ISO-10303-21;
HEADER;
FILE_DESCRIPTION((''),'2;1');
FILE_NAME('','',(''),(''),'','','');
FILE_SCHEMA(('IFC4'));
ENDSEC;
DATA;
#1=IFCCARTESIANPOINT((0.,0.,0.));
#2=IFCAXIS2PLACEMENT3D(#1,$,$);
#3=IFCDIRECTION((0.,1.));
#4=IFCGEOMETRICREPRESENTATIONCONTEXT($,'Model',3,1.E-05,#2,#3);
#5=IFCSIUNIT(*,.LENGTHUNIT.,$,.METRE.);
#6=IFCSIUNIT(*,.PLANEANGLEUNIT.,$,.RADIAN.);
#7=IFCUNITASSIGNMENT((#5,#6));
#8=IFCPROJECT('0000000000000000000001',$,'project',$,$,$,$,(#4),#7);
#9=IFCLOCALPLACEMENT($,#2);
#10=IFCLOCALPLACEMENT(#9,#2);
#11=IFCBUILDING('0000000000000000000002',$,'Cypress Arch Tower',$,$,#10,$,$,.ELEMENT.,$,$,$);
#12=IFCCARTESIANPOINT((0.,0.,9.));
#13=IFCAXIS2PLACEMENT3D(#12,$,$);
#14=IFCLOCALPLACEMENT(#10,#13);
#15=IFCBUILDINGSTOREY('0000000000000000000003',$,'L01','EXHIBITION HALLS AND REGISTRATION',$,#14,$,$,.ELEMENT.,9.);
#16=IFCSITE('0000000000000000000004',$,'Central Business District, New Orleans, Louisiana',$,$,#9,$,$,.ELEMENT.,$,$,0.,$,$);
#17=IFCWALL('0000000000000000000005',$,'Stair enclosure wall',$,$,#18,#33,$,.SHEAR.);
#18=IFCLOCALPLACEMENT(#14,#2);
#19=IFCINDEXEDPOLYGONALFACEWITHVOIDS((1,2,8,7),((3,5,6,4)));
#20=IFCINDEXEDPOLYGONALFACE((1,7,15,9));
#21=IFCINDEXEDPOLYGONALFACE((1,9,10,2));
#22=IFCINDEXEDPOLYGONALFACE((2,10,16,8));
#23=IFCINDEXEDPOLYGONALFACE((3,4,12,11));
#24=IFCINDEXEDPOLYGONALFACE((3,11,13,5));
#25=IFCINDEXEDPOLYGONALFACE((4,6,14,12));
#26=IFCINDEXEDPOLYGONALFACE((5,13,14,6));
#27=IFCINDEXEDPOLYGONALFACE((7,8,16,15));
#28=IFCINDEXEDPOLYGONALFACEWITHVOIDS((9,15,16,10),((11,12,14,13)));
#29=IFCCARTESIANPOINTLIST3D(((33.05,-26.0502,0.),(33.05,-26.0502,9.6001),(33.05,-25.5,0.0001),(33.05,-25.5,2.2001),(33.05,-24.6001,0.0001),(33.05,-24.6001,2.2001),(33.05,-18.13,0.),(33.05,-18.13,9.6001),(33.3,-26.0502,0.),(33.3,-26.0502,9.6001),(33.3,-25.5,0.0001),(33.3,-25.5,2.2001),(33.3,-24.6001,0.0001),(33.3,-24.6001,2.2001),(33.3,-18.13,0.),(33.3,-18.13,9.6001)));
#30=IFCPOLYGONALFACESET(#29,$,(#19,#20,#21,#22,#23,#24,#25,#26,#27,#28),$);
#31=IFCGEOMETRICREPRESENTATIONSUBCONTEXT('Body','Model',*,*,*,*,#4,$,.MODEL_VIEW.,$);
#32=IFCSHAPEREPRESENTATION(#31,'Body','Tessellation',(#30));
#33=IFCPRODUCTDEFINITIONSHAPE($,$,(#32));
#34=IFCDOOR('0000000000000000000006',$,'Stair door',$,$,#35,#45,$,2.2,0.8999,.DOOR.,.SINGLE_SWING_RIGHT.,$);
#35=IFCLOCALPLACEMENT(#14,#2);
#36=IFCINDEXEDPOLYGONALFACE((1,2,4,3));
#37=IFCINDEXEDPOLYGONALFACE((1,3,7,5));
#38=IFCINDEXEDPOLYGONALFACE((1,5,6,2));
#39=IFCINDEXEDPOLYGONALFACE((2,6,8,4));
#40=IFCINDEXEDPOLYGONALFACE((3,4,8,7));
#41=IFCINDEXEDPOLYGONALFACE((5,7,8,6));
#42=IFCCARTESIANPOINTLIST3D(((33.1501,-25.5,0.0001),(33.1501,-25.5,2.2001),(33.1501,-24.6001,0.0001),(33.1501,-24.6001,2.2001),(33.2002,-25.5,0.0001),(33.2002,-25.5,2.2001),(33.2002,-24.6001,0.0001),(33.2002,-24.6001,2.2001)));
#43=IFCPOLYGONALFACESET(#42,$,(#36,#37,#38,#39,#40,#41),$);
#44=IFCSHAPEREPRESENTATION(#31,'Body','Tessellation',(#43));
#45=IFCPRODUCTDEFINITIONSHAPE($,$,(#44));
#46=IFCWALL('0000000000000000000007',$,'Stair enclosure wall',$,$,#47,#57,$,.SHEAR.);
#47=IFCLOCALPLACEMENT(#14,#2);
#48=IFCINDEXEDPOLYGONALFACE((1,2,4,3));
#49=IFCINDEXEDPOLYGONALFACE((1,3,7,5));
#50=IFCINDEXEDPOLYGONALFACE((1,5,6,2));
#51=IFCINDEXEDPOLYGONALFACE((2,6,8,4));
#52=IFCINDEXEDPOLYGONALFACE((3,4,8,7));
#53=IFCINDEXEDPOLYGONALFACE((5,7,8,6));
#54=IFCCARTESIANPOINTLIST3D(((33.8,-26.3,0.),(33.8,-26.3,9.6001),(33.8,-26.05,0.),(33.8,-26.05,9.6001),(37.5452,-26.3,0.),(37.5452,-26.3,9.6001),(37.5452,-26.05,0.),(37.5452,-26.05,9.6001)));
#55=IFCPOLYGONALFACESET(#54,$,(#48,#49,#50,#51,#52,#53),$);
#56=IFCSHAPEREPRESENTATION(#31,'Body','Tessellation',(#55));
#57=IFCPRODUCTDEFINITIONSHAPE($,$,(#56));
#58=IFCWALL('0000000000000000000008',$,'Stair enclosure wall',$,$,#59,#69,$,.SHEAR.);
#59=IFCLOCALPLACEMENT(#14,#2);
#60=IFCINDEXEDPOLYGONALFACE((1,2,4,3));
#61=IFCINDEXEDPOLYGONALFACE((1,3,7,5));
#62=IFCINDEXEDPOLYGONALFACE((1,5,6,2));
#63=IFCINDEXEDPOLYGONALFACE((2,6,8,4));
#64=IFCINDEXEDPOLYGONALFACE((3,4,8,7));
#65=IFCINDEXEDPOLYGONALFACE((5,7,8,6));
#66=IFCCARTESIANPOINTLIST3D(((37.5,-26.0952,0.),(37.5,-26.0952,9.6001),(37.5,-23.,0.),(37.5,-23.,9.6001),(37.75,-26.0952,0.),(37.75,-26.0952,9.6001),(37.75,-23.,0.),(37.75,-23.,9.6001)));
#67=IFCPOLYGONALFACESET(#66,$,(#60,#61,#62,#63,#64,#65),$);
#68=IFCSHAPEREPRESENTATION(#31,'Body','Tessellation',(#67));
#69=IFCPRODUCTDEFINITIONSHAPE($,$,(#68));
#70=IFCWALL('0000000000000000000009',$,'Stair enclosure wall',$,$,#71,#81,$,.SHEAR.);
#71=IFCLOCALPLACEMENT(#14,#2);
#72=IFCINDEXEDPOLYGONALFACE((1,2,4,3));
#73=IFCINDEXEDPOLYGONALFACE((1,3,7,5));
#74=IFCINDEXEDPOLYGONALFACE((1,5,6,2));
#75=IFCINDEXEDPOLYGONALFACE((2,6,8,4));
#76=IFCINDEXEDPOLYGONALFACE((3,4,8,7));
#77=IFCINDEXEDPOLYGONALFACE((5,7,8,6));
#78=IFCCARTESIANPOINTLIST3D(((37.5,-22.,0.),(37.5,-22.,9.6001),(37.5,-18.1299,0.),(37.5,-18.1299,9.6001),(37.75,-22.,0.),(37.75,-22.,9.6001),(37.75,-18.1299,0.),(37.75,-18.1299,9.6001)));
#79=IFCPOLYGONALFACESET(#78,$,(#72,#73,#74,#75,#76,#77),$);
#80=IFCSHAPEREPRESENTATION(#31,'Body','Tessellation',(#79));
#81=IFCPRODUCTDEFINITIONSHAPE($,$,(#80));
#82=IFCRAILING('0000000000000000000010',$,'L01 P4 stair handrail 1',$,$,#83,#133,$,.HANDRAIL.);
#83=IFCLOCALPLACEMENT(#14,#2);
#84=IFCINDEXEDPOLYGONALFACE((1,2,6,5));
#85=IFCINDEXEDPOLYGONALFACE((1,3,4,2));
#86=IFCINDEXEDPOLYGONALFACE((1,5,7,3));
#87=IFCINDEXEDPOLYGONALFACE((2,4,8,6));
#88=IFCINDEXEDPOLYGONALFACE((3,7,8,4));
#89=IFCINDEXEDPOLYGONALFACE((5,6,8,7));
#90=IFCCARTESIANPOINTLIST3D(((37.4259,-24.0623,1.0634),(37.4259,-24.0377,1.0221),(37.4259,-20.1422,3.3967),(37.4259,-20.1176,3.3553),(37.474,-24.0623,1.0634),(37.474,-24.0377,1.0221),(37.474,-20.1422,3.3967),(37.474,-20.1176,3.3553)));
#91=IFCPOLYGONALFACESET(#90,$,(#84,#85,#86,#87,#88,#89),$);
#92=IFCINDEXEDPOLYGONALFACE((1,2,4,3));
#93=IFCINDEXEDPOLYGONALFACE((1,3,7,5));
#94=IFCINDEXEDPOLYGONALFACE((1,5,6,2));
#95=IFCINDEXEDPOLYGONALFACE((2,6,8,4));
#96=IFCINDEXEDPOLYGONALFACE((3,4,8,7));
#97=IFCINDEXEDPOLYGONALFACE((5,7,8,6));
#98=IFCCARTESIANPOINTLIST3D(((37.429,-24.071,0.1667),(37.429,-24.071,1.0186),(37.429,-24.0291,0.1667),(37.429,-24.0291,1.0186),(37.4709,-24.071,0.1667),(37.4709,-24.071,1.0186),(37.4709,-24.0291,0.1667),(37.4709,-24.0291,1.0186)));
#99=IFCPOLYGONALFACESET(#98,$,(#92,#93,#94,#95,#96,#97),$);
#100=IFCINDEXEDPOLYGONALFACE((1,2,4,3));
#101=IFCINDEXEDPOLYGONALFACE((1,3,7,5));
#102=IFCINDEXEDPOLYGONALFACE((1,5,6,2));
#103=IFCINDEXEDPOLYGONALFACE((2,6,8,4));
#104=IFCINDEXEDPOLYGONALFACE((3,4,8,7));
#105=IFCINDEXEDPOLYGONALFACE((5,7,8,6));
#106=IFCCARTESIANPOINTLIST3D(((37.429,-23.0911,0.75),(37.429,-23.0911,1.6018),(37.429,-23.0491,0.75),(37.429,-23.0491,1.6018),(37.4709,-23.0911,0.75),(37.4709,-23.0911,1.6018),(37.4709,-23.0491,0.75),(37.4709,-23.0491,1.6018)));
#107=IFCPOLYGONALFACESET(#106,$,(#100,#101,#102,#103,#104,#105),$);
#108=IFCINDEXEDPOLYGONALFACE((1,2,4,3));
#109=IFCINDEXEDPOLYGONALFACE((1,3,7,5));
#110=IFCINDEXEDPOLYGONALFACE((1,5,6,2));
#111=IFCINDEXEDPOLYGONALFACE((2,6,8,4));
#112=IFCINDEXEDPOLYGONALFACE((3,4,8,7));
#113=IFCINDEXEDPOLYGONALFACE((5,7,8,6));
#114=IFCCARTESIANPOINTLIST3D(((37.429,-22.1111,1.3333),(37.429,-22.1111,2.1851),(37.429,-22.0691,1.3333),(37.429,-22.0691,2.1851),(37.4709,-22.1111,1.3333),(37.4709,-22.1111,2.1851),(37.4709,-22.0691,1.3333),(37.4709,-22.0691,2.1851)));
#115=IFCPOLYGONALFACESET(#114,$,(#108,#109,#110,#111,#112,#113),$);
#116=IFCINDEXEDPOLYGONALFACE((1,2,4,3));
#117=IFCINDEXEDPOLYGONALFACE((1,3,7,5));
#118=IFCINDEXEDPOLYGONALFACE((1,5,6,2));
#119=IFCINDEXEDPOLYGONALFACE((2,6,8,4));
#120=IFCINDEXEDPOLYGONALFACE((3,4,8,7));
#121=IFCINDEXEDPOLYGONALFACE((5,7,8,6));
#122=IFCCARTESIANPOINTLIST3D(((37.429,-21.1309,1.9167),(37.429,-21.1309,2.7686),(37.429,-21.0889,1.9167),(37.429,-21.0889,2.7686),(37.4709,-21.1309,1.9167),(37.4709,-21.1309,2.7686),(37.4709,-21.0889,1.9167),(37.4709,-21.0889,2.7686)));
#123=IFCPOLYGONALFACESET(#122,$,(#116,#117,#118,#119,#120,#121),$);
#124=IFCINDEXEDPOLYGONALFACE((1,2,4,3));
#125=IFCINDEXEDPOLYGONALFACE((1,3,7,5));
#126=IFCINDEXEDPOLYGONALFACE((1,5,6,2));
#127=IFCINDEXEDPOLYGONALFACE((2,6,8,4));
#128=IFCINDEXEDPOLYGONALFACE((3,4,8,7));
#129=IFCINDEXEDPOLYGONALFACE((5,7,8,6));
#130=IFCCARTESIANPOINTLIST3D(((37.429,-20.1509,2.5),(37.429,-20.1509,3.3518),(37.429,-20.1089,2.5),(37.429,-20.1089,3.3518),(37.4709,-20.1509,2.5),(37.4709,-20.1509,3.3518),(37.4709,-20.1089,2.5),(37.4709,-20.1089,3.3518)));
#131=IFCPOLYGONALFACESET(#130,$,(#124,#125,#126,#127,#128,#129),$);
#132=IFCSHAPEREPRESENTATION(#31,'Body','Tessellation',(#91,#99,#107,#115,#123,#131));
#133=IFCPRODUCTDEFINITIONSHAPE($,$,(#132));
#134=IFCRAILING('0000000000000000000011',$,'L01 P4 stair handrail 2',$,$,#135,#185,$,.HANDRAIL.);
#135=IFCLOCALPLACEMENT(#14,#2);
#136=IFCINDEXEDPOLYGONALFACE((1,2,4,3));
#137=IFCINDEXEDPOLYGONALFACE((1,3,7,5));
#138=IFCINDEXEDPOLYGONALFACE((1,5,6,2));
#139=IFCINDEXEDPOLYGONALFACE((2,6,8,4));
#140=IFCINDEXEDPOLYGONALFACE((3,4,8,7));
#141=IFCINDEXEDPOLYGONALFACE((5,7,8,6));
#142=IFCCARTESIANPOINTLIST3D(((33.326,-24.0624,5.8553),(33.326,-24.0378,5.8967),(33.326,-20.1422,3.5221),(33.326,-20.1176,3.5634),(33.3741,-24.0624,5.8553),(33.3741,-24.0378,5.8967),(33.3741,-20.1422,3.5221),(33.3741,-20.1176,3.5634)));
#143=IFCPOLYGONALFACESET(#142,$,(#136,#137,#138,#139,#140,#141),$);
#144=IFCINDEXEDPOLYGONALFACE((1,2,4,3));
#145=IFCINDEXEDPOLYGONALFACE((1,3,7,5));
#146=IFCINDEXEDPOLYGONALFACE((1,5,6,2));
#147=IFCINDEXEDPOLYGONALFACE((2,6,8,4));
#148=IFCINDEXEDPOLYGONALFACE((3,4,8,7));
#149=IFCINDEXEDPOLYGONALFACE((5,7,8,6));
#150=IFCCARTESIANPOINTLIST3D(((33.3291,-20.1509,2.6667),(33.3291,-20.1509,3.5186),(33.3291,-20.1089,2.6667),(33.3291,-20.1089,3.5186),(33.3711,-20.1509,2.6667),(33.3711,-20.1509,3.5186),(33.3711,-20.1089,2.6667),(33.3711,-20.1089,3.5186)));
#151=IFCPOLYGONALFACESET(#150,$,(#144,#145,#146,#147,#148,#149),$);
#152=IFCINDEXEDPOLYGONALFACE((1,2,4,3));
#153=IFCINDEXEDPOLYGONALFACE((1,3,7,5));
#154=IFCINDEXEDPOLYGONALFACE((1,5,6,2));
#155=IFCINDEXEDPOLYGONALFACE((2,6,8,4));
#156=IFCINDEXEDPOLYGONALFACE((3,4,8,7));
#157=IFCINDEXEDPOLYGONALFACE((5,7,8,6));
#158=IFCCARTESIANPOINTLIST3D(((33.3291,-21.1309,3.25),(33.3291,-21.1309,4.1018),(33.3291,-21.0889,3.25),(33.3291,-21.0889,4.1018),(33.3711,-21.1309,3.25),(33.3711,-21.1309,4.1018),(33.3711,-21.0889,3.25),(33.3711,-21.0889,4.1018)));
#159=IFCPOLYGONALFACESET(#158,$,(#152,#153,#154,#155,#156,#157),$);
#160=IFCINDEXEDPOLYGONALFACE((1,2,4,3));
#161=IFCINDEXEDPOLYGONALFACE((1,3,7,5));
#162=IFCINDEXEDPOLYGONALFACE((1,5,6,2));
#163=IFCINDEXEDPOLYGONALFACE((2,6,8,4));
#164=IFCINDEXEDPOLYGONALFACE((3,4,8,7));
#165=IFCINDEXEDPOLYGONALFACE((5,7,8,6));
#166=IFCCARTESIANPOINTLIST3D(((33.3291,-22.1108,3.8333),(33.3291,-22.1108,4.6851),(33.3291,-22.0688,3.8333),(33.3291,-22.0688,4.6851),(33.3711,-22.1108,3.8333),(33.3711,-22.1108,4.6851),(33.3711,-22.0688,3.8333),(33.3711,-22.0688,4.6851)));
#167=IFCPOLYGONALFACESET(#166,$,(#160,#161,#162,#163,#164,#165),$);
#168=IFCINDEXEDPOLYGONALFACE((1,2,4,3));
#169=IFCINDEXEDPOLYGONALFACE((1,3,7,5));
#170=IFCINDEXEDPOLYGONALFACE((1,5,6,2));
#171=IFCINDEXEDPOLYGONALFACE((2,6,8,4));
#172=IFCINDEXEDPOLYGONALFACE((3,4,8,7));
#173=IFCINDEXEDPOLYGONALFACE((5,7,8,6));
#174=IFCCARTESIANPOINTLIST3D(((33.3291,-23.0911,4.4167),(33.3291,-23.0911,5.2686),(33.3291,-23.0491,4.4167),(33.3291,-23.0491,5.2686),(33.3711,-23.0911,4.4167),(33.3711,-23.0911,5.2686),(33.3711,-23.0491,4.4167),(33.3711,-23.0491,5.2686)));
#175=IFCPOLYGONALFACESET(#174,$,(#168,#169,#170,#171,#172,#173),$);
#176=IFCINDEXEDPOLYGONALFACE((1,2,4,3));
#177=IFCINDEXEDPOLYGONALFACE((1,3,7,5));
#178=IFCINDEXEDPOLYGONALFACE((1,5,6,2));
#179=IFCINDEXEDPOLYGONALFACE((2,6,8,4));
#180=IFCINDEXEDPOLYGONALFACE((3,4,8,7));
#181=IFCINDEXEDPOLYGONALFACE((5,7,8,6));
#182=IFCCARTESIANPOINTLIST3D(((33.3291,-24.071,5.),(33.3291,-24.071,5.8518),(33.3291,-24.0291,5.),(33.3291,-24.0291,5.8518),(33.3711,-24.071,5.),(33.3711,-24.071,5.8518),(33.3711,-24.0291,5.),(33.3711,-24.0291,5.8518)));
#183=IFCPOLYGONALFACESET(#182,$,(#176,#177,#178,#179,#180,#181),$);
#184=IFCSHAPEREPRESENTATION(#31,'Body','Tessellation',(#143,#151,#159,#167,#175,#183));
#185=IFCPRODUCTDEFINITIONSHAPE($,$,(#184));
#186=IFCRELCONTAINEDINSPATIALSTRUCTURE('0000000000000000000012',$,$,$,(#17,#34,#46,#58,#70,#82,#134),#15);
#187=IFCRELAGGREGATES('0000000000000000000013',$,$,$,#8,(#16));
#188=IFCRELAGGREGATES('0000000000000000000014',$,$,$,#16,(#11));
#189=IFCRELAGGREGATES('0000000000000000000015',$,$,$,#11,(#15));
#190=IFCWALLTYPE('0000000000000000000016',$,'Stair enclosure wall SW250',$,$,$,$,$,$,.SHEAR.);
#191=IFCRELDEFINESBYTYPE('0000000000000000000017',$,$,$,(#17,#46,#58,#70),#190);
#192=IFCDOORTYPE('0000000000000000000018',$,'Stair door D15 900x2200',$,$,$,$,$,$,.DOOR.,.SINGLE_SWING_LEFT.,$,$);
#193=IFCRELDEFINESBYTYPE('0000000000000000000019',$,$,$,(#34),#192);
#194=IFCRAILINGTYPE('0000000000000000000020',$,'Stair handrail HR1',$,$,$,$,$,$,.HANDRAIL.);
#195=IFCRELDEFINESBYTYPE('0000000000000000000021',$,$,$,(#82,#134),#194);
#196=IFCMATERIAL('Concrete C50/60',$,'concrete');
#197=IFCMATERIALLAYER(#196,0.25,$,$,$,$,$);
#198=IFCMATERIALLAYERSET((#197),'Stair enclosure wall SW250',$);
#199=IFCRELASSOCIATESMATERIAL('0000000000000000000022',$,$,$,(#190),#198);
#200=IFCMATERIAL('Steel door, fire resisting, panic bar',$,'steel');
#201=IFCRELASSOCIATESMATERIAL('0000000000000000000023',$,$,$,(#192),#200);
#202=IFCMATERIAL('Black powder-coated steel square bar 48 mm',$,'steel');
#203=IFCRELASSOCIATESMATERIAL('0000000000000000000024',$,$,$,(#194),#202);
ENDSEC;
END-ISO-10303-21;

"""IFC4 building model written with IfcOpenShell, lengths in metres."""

from ifc_helpers import new_model, si_unit, direction, frame, frame_2d, origin, origin_2d, place, context, subcontext, project, spatial, rectangle, extrude, material, layer, layer_set, type_object, element, fill, save


model = new_model("IFC4")

# Units and contexts
model_context = context("Model", 3, precision=1e-05, world=origin(), true_north=direction((0.0, 1.0)))
body_context = subcontext(model_context, "Body", "Model", "MODEL_VIEW")
ifc_project = project(units=[si_unit("LENGTHUNIT", "METRE"), si_unit("PLANEANGLEUNIT", "RADIAN")], contexts=[model_context])

# Site, building, storey
site_placement = place(None, origin())
site = spatial("IfcSite", under=ifc_project, at=site_placement, Name="Central Business District, New Orleans, Louisiana", CompositionType="ELEMENT", RefElevation=0.0)
building_placement = place(site_placement, origin())
building = spatial("IfcBuilding", under=site, at=building_placement, Name="Cypress Arch Tower", CompositionType="ELEMENT")
storey_placement = place(building_placement, frame((0.0, 0.0, 9.0)))
storey = spatial("IfcBuildingStorey", under=building, at=storey_placement, Name="L01", Description="EXHIBITION HALLS AND REGISTRATION", CompositionType="ELEMENT", Elevation=9.0)

# Wall, opening, door
ifc_material_1 = material(Name="Concrete C50/60", Category="concrete")
ifc_layer_1 = layer(ifc_material_1, 0.25)
ifc_layer_set_1 = layer_set([ifc_layer_1], Name="Stair enclosure wall SW250")
wall_type_1 = type_object("IfcWallType", Name="Stair enclosure wall SW250", PredefinedType="SHEAR", material=ifc_layer_set_1)
wall_1_placement = place(storey_placement, frame((33.175, -26.05, 0.0), z_axis=(0.0, 0.0, 1.0), x_axis=(0.0, 1.0, 0.0)))
wall_1 = element("IfcWall", 1, at=wall_1_placement, inside=storey, type_object=wall_type_1, Name="Stair enclosure wall", PredefinedType="SHEAR", context=body_context, shape_type="SweptSolid", body=[
    extrude(rectangle(XDim=7.9202, YDim=0.25, at=frame_2d((3.96, 0.0))), origin(), (0.0, 0.0, 1.0), 9.6001),
])
opening_1_placement = place(wall_1_placement, frame((0.55, 0.0, 0.0)))
opening_1 = element("IfcOpeningElement", 2, at=opening_1_placement, cuts=wall_1, PredefinedType="OPENING", context=body_context, shape_type="SweptSolid", body=[
    extrude(rectangle(XDim=0.8999, YDim=2.2, at=frame_2d((0.45, 1.1001))), frame((0.0, 0.135, 0.0), z_axis=(0.0, -1.0, 0.0), x_axis=(1.0, 0.0, 0.0)), (0.0, 0.0, 1.0), 0.27),
])
ifc_material_2 = material(Name="Steel door, fire resisting, panic bar", Category="steel")
door_type = type_object("IfcDoorType", Name="Stair door D15 900x2200", OperationType="SINGLE_SWING_LEFT", PredefinedType="DOOR", material=ifc_material_2)
door_placement = place(opening_1_placement, origin())
door = element("IfcDoor", 3, at=door_placement, inside=storey, type_object=door_type, Name="Stair door", OperationType="SINGLE_SWING_RIGHT", OverallHeight=2.2, OverallWidth=0.8999, PredefinedType="DOOR", context=body_context, shape_type="SweptSolid", body=[
    extrude(rectangle(XDim=0.8999, YDim=2.2, at=frame_2d((0.45, 1.1001))), frame((0.0, 0.0249, 0.0), z_axis=(0.0, -1.0, 0.0), x_axis=(1.0, 0.0, 0.0)), (0.0, 0.0, 1.0), 0.05),
])
fill(opening_1, door)

# Walls
wall_2_placement = place(storey_placement, frame((33.8, -26.175, 0.0), z_axis=(0.0, 0.0, 1.0), x_axis=(1.0, 0.0, 0.0)))
element("IfcWall", 4, at=wall_2_placement, inside=storey, type_object=wall_type_1, Name="Stair enclosure wall", PredefinedType="SHEAR", context=body_context, shape_type="SweptSolid", body=[
    extrude(rectangle(XDim=3.7451, YDim=0.25, at=frame_2d((1.8726, 0.0))), origin(), (0.0, 0.0, 1.0), 9.6001),
])
wall_3_placement = place(storey_placement, frame((37.625, -26.0952, 0.0), z_axis=(0.0, 0.0, 1.0), x_axis=(0.0, 1.0, 0.0)))
element("IfcWall", 5, at=wall_3_placement, inside=storey, type_object=wall_type_1, Name="Stair enclosure wall", PredefinedType="SHEAR", context=body_context, shape_type="SweptSolid", body=[
    extrude(rectangle(XDim=3.0952, YDim=0.25, at=frame_2d((1.5476, 0.0))), origin(), (0.0, 0.0, 1.0), 9.6001),
])
wall_4_placement = place(storey_placement, frame((37.625, -22.0, 0.0), z_axis=(0.0, 0.0, 1.0), x_axis=(0.0, 1.0, 0.0)))
element("IfcWall", 6, at=wall_4_placement, inside=storey, type_object=wall_type_1, Name="Stair enclosure wall", PredefinedType="SHEAR", context=body_context, shape_type="SweptSolid", body=[
    extrude(rectangle(XDim=3.8701, YDim=0.25, at=frame_2d((1.9351, 0.0))), origin(), (0.0, 0.0, 1.0), 9.6001),
])

# Railings
ifc_material_3 = material(Name="Black powder-coated steel square bar 48 mm", Category="steel")
railing_type_1 = type_object("IfcRailingType", Name="Stair handrail HR1", PredefinedType="HANDRAIL", material=ifc_material_3)
railing_1_placement = place(storey_placement, frame((37.45, -24.05, 0.1667)))
element("IfcRailing", 7, at=railing_1_placement, inside=storey, type_object=railing_type_1, Name="L01 P4 stair handrail 1", PredefinedType="HANDRAIL", context=body_context, shape_type="SweptSolid", body=[
    extrude(rectangle(XDim=0.0481, YDim=0.0481, at=origin_2d()), frame((0.0, 0.0, 0.876), z_axis=(0.0, 0.85931, 0.511455), x_axis=(-1.0, 0.0, 0.0)), (0.0, 0.0, 1.0), 4.562),
    extrude(rectangle(XDim=0.042, YDim=0.042, at=origin_2d()), origin(), (0.0, 0.0, 1.0), 0.8518),
    extrude(rectangle(XDim=0.042, YDim=0.042, at=origin_2d()), frame((0.0, 0.98, 0.5833)), (0.0, 0.0, 1.0), 0.8518),
    extrude(rectangle(XDim=0.042, YDim=0.042, at=origin_2d()), frame((0.0, 1.96, 1.1665)), (0.0, 0.0, 1.0), 0.8518),
    extrude(rectangle(XDim=0.042, YDim=0.042, at=origin_2d()), frame((0.0, 2.9402, 1.75)), (0.0, 0.0, 1.0), 0.8518),
    extrude(rectangle(XDim=0.042, YDim=0.042, at=origin_2d()), frame((0.0, 3.9202, 2.3333)), (0.0, 0.0, 1.0), 0.8518),
])
railing_2_placement = place(storey_placement, frame((33.3501, -20.1299, 2.6667)))
element("IfcRailing", 8, at=railing_2_placement, inside=storey, type_object=railing_type_1, Name="L01 P4 stair handrail 2", PredefinedType="HANDRAIL", context=body_context, shape_type="SweptSolid", body=[
    extrude(rectangle(XDim=0.0481, YDim=0.0481, at=origin_2d()), frame((0.0, 0.0, 0.876), z_axis=(0.0, -0.85931, 0.511455), x_axis=(1.0, 0.0, 0.0)), (0.0, 0.0, 1.0), 4.562),
    extrude(rectangle(XDim=0.042, YDim=0.042, at=origin_2d()), origin(), (0.0, 0.0, 1.0), 0.8518),
    extrude(rectangle(XDim=0.042, YDim=0.042, at=origin_2d()), frame((0.0, -0.98, 0.5833)), (0.0, 0.0, 1.0), 0.8518),
    extrude(rectangle(XDim=0.042, YDim=0.042, at=origin_2d()), frame((0.0, -1.96, 1.1665)), (0.0, 0.0, 1.0), 0.8518),
    extrude(rectangle(XDim=0.042, YDim=0.042, at=origin_2d()), frame((0.0, -2.9402, 1.75)), (0.0, 0.0, 1.0), 0.8518),
    extrude(rectangle(XDim=0.042, YDim=0.042, at=origin_2d()), frame((0.0, -3.9202, 2.3333)), (0.0, 0.0, 1.0), 0.8518),
])

save(model, "model.ifc")
